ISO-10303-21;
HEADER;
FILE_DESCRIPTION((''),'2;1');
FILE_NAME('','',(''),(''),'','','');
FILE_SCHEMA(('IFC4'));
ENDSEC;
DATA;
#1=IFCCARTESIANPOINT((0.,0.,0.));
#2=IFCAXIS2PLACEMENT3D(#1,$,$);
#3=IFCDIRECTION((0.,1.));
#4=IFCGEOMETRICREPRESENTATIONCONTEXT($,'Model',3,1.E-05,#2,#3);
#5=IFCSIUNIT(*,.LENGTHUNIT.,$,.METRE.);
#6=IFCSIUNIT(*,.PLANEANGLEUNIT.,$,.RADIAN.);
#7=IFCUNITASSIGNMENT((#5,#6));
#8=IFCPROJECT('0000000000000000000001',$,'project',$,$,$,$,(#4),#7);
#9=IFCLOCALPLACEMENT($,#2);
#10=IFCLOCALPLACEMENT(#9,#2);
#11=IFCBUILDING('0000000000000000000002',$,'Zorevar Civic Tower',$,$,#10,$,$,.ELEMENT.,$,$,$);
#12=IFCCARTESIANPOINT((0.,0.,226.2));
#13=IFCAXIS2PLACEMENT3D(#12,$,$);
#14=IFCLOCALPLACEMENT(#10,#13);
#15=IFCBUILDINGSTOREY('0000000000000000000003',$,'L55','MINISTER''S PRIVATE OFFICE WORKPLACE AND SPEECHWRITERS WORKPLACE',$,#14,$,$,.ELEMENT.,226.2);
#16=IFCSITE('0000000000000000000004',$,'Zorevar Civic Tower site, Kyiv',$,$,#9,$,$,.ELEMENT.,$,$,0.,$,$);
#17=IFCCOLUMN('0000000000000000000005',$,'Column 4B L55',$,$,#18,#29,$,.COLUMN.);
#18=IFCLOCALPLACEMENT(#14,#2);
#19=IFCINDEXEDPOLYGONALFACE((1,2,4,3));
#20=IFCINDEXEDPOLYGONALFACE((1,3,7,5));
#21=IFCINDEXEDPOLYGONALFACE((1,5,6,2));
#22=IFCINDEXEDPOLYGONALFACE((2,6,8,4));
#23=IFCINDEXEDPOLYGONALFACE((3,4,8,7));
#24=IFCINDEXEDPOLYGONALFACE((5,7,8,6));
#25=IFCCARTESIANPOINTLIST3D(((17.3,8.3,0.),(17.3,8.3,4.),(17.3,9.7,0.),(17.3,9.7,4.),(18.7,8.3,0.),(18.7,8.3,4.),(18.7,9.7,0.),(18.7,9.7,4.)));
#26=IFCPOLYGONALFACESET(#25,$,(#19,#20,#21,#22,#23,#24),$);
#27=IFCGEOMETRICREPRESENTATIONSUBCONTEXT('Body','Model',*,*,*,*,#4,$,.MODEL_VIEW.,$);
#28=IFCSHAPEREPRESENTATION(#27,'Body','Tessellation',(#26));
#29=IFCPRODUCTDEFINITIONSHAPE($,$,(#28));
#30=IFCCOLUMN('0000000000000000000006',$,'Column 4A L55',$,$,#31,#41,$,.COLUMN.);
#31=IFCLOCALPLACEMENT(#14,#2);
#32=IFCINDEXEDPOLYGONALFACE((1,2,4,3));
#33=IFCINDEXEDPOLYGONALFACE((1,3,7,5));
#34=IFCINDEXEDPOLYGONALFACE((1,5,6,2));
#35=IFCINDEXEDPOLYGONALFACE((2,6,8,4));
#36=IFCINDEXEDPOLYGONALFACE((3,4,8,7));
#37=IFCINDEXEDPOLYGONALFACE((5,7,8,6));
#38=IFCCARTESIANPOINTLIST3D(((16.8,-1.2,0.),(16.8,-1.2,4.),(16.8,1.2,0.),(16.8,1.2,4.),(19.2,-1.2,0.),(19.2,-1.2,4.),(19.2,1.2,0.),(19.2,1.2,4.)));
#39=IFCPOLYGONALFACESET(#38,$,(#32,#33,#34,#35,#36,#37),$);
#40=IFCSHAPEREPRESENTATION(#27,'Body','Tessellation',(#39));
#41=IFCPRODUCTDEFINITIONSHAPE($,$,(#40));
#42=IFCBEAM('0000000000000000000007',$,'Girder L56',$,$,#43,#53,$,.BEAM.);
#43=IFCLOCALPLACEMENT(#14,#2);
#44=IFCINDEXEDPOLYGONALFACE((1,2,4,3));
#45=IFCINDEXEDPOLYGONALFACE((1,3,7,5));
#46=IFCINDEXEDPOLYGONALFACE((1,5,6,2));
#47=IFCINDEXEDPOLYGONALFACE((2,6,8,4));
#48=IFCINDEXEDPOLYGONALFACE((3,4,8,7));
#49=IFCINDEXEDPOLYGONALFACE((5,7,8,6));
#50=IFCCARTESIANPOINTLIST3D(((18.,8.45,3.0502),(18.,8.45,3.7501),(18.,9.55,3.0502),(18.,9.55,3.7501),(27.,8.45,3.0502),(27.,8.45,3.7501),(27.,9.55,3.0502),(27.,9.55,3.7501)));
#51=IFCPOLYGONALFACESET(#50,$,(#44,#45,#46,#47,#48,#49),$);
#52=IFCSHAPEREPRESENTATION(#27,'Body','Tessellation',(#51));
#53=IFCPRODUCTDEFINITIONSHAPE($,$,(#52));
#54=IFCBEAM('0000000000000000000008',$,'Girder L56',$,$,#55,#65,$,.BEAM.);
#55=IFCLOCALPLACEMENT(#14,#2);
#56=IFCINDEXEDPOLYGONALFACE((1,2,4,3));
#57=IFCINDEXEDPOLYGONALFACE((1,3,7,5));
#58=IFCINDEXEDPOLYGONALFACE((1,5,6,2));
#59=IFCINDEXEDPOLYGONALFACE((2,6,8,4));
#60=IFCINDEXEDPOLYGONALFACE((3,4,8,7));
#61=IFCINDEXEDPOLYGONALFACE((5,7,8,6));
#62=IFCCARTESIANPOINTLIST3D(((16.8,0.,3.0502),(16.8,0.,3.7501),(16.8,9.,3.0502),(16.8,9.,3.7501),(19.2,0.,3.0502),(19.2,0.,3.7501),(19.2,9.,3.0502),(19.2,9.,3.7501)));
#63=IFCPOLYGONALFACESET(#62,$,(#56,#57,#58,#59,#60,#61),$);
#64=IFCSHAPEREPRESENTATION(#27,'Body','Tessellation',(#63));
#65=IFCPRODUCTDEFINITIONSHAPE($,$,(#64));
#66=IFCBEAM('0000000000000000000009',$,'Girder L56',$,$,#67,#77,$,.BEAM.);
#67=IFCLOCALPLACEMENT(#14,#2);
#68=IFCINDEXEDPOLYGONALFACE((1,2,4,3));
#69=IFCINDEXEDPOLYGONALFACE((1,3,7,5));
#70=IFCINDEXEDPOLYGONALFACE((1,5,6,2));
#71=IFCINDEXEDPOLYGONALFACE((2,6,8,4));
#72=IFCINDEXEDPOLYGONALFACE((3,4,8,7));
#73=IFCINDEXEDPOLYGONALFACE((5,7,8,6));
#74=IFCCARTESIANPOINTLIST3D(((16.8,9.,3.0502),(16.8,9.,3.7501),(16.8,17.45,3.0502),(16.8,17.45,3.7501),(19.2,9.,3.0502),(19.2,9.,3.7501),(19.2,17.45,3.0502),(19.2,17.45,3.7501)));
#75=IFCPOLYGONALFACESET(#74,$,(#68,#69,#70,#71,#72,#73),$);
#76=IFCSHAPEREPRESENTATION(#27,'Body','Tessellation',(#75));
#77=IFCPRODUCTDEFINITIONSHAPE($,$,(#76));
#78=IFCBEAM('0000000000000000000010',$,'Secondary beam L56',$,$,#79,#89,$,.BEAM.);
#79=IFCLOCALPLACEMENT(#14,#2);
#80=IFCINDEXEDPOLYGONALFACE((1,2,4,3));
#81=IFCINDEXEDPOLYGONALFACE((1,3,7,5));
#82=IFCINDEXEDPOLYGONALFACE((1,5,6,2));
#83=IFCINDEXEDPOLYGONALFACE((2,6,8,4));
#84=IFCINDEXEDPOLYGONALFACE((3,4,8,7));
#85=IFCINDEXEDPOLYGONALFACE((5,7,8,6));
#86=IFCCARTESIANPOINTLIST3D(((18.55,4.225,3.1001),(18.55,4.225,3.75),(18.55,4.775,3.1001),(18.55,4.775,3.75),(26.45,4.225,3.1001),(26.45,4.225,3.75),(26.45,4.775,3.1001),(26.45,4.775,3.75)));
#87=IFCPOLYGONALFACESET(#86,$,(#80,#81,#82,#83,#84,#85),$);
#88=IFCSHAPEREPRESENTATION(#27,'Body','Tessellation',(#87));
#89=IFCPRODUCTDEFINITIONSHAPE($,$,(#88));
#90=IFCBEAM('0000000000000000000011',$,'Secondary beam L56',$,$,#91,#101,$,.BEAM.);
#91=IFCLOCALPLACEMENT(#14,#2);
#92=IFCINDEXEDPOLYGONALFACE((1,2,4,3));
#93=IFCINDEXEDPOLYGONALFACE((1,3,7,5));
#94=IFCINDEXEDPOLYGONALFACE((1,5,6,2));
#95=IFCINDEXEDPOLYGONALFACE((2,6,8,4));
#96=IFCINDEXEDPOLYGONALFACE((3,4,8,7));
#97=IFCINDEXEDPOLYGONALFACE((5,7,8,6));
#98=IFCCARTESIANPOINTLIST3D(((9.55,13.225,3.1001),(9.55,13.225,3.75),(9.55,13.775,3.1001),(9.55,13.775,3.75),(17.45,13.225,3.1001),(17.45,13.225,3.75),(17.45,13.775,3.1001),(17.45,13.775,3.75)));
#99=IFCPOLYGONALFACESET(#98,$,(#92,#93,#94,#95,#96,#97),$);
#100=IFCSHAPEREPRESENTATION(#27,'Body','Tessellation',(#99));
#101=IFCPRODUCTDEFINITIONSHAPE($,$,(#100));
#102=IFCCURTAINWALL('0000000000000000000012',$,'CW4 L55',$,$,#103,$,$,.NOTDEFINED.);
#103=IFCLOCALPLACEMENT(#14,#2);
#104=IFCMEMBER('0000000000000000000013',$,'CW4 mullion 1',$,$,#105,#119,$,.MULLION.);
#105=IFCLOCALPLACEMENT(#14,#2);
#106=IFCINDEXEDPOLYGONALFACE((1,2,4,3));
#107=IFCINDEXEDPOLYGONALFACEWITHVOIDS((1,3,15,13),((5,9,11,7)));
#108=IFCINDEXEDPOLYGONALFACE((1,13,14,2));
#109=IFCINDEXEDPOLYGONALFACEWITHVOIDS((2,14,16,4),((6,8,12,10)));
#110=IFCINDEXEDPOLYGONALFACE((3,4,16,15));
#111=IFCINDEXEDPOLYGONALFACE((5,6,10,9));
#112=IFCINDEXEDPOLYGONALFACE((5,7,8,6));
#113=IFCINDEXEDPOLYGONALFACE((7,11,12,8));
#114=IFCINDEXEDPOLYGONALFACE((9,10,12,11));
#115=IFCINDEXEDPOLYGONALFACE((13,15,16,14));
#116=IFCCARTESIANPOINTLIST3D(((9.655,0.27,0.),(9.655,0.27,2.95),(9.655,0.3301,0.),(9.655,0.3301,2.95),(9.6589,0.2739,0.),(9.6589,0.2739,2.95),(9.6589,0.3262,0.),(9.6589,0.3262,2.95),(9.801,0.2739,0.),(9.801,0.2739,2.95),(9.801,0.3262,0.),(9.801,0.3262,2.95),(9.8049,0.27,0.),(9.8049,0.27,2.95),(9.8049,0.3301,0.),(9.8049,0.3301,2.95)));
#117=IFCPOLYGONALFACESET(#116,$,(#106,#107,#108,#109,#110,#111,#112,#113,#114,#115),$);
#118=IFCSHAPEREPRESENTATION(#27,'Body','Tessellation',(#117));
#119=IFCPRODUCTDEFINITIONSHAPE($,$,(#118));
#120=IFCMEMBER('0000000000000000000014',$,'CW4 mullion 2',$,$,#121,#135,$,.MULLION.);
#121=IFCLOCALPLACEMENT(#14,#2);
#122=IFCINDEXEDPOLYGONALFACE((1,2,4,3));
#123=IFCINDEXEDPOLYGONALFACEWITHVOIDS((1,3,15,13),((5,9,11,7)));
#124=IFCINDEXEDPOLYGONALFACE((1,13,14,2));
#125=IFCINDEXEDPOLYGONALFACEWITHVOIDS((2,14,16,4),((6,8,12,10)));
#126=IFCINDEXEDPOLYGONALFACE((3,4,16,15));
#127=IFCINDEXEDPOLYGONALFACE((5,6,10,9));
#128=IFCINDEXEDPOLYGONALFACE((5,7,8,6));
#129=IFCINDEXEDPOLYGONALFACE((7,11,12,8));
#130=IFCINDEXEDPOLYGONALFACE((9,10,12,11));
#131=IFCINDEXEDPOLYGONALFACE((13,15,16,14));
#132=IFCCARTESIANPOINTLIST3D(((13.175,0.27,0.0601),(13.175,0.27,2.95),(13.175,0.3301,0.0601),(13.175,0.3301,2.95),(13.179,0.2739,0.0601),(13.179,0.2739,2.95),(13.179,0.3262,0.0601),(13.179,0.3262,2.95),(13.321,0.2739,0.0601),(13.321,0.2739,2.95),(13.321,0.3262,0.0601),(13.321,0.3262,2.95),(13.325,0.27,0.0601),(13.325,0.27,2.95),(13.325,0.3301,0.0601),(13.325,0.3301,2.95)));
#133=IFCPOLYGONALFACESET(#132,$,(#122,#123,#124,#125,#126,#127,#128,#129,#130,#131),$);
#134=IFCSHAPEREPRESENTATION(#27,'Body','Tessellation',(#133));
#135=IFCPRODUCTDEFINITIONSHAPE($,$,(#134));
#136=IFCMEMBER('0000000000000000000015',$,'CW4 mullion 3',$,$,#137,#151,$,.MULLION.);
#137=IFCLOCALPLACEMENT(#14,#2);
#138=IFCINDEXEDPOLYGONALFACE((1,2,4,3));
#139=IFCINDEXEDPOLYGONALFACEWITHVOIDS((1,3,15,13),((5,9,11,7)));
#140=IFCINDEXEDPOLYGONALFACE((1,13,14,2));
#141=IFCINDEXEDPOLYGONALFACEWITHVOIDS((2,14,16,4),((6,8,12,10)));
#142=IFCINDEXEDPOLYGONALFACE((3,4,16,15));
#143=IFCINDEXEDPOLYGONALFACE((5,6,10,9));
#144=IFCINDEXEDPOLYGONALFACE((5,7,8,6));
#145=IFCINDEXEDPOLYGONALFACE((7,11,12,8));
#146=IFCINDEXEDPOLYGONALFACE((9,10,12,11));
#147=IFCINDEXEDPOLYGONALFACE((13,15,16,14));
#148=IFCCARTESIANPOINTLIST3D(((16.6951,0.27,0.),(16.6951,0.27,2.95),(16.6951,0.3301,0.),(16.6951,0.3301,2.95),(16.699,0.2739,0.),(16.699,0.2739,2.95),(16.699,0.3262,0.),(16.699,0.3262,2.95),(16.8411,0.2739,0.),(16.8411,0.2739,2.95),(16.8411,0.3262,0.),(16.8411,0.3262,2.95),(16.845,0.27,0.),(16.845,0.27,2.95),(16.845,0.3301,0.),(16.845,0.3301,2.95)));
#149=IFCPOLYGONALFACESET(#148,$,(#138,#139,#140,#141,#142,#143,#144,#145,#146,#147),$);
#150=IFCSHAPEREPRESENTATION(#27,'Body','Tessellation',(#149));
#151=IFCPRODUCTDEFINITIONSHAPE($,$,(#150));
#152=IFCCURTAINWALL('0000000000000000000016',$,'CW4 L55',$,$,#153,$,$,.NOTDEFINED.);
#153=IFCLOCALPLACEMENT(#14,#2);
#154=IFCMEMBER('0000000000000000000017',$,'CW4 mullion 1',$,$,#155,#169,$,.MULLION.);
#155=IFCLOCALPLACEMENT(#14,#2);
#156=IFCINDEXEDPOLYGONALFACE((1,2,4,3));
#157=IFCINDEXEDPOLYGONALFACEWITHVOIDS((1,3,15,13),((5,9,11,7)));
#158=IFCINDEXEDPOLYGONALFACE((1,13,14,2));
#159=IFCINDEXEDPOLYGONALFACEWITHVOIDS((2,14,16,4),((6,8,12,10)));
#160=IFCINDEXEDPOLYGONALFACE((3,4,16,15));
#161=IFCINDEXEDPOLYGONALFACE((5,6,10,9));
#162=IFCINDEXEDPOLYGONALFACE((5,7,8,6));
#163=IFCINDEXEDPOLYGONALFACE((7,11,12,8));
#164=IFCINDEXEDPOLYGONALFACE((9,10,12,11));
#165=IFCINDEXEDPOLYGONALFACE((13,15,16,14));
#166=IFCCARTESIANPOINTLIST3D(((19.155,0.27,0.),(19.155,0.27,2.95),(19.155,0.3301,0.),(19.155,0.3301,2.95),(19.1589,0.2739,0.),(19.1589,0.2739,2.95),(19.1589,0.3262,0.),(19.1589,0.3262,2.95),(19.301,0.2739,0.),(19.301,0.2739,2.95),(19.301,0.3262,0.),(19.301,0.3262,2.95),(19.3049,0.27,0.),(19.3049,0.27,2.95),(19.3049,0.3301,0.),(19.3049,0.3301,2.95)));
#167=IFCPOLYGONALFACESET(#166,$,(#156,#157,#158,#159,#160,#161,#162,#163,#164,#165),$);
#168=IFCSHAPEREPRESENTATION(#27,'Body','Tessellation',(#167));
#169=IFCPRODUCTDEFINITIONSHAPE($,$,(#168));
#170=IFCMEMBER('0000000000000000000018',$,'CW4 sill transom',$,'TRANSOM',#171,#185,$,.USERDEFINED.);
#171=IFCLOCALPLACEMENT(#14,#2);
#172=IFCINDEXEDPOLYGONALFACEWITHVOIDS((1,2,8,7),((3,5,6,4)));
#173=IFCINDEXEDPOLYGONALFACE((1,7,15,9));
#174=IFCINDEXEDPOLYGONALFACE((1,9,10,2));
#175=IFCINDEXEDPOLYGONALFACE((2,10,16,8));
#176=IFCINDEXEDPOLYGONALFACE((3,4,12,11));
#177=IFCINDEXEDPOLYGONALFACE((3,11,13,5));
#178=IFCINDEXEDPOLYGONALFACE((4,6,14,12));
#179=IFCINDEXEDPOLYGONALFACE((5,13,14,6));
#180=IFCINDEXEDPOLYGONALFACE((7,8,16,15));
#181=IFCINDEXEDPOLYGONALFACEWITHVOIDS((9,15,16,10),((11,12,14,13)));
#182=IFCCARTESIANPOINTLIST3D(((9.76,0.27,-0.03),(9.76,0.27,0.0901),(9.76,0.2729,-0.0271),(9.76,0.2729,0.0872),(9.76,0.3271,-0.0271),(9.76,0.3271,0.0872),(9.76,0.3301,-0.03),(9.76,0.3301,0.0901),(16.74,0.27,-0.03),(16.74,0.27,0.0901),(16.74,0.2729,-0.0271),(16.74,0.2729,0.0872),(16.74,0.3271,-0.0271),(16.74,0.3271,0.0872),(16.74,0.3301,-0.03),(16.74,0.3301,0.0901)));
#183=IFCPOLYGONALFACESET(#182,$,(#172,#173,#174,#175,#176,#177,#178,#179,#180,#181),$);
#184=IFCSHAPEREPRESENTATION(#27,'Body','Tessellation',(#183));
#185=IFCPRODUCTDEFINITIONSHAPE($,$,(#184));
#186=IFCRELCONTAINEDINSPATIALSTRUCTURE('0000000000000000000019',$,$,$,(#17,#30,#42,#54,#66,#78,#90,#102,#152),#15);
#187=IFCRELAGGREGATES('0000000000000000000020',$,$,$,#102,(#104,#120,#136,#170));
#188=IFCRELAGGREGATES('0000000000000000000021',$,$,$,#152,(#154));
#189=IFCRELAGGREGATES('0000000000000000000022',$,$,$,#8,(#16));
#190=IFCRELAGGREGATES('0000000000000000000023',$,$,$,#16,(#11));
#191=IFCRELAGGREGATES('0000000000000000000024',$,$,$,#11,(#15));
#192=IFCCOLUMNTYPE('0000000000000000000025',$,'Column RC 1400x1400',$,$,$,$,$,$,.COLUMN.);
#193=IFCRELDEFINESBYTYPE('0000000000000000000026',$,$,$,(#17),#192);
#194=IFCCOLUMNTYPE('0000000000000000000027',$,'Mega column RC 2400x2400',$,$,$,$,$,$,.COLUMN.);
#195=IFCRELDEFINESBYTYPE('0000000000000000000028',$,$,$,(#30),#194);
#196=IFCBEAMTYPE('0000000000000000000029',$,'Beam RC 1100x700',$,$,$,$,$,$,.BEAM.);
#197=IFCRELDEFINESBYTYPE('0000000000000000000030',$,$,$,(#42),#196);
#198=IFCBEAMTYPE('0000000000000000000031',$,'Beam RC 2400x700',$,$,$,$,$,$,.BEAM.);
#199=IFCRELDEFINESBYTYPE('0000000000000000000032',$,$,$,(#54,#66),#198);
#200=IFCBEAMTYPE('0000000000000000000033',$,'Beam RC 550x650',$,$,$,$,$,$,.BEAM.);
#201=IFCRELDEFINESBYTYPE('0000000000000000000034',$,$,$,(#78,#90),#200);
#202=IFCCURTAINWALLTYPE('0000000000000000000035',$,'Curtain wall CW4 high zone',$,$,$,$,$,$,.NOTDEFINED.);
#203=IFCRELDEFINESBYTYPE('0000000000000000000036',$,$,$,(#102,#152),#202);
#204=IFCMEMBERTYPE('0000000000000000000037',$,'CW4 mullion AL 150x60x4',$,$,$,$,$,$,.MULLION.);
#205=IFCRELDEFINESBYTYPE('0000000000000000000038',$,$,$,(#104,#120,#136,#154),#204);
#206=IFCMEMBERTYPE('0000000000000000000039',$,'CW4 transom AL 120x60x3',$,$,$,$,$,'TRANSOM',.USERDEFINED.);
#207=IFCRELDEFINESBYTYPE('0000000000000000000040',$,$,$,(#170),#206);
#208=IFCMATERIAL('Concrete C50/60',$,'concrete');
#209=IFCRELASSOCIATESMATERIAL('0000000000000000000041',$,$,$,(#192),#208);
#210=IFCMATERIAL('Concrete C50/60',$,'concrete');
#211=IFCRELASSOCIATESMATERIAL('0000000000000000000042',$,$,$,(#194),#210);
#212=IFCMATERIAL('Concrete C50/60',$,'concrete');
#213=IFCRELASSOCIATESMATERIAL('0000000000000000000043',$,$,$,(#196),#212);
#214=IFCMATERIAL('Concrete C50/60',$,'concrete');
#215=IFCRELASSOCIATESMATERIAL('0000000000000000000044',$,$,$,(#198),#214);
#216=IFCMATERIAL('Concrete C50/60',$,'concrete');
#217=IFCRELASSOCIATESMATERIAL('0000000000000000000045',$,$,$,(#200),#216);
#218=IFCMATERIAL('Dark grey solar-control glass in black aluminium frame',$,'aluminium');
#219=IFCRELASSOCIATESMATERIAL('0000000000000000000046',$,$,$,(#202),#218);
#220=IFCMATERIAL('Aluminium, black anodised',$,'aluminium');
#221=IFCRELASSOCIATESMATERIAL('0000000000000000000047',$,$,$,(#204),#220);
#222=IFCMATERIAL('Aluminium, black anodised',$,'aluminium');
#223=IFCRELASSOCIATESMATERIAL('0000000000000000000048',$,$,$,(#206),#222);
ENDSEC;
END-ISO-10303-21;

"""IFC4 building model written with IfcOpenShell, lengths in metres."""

from ifc_helpers import new_model, si_unit, direction, frame, origin, origin_2d, place, context, subcontext, project, spatial, rectangle, hollow_rectangle, extrude, material, material_profile, profile_set, type_object, element, aggregate, save


model = new_model("IFC4")

# Units and contexts
model_context = context("Model", 3, precision=1e-05, world=origin(), true_north=direction((0.0, 1.0)))
body_context = subcontext(model_context, "Body", "Model", "MODEL_VIEW")
ifc_project = project(units=[si_unit("LENGTHUNIT", "METRE"), si_unit("PLANEANGLEUNIT", "RADIAN")], contexts=[model_context])

# Site, building, storey
site_placement = place(None, origin())
site = spatial("IfcSite", under=ifc_project, at=site_placement, Name="Zorevar Civic Tower site, Kyiv", CompositionType="ELEMENT", RefElevation=0.0)
building_placement = place(site_placement, origin())
building = spatial("IfcBuilding", under=site, at=building_placement, Name="Zorevar Civic Tower", CompositionType="ELEMENT")
storey_placement = place(building_placement, frame((0.0, 0.0, 226.2)))
storey = spatial("IfcBuildingStorey", under=building, at=storey_placement, Name="L55", Description="MINISTER'S PRIVATE OFFICE WORKPLACE AND SPEECHWRITERS WORKPLACE", CompositionType="ELEMENT", Elevation=226.2)

# Columns
ifc_material_1 = material(Name="Concrete C50/60", Category="concrete")
ifc_material_profile_1 = material_profile(ifc_material_1, rectangle(XDim=1.3999, YDim=1.3999, at=origin_2d()), Name="RC 1400x1400")
ifc_profile_set_1 = profile_set([ifc_material_profile_1], Name="Concrete C50/60")
column_type_1 = type_object("IfcColumnType", Name="Column RC 1400x1400", PredefinedType="COLUMN", material=ifc_profile_set_1)
column_1_placement = place(storey_placement, frame((18.0, 9.0, 0.0), z_axis=(0.0, 0.0, 1.0), x_axis=(1.0, 0.0, 0.0)))
element("IfcColumn", 1, at=column_1_placement, inside=storey, type_object=column_type_1, Name="Column 4B L55", PredefinedType="COLUMN", context=body_context, shape_type="SweptSolid", body=[
    extrude(rectangle(XDim=1.3999, YDim=1.3999, at=origin_2d()), origin(), (0.0, 0.0, 1.0), 4.0),
])
ifc_material_2 = material(Name="Concrete C50/60", Category="concrete")
ifc_material_profile_2 = material_profile(ifc_material_2, rectangle(XDim=2.3999, YDim=2.3999, at=origin_2d()), Name="RC 2400x2400")
ifc_profile_set_2 = profile_set([ifc_material_profile_2], Name="Concrete C50/60")
column_type_2 = type_object("IfcColumnType", Name="Mega column RC 2400x2400", PredefinedType="COLUMN", material=ifc_profile_set_2)
column_2_placement = place(storey_placement, frame((18.0, 0.0, 0.0), z_axis=(0.0, 0.0, 1.0), x_axis=(1.0, 0.0, 0.0)))
element("IfcColumn", 2, at=column_2_placement, inside=storey, type_object=column_type_2, Name="Column 4A L55", PredefinedType="COLUMN", context=body_context, shape_type="SweptSolid", body=[
    extrude(rectangle(XDim=2.3999, YDim=2.3999, at=origin_2d()), origin(), (0.0, 0.0, 1.0), 4.0),
])

# Beams
ifc_material_3 = material(Name="Concrete C50/60", Category="concrete")
ifc_material_profile_3 = material_profile(ifc_material_3, rectangle(XDim=1.1001, YDim=0.7, at=origin_2d()), Name="RC 1100x700")
ifc_profile_set_3 = profile_set([ifc_material_profile_3], Name="Concrete C50/60")
beam_type_1 = type_object("IfcBeamType", Name="Beam RC 1100x700", PredefinedType="BEAM", material=ifc_profile_set_3)
beam_1_placement = place(storey_placement, frame((18.0, 9.0, 3.4001), z_axis=(1.0, 0.0, 0.0), x_axis=(0.0, 1.0, 0.0)))
element("IfcBeam", 3, at=beam_1_placement, inside=storey, type_object=beam_type_1, Name="Girder L56", PredefinedType="BEAM", context=body_context, shape_type="SweptSolid", body=[
    extrude(rectangle(XDim=1.1001, YDim=0.7, at=origin_2d()), origin(), (0.0, 0.0, 1.0), 9.0),
])
ifc_material_4 = material(Name="Concrete C50/60", Category="concrete")
ifc_material_profile_4 = material_profile(ifc_material_4, rectangle(XDim=2.3999, YDim=0.7, at=origin_2d()), Name="RC 2400x700")
ifc_profile_set_4 = profile_set([ifc_material_profile_4], Name="Concrete C50/60")
beam_type_2 = type_object("IfcBeamType", Name="Beam RC 2400x700", PredefinedType="BEAM", material=ifc_profile_set_4)
beam_2_placement = place(storey_placement, frame((18.0, 0.0, 3.4001), z_axis=(0.0, 1.0, 0.0), x_axis=(-1.0, 0.0, 0.0)))
element("IfcBeam", 4, at=beam_2_placement, inside=storey, type_object=beam_type_2, Name="Girder L56", PredefinedType="BEAM", context=body_context, shape_type="SweptSolid", body=[
    extrude(rectangle(XDim=2.3999, YDim=0.7, at=origin_2d()), origin(), (0.0, 0.0, 1.0), 9.0),
])
beam_3_placement = place(storey_placement, frame((18.0, 9.0, 3.4001), z_axis=(0.0, 1.0, 0.0), x_axis=(-1.0, 0.0, 0.0)))
element("IfcBeam", 5, at=beam_3_placement, inside=storey, type_object=beam_type_2, Name="Girder L56", PredefinedType="BEAM", context=body_context, shape_type="SweptSolid", body=[
    extrude(rectangle(XDim=2.3999, YDim=0.7, at=origin_2d()), origin(), (0.0, 0.0, 1.0), 8.45),
])
ifc_material_5 = material(Name="Concrete C50/60", Category="concrete")
ifc_material_profile_5 = material_profile(ifc_material_5, rectangle(XDim=0.55, YDim=0.6499, at=origin_2d()), Name="RC 550x650")
ifc_profile_set_5 = profile_set([ifc_material_profile_5], Name="Concrete C50/60")
beam_type_3 = type_object("IfcBeamType", Name="Beam RC 550x650", PredefinedType="BEAM", material=ifc_profile_set_5)
for number, where, z_axis, x_axis, name in (
    (6, (18.55, 4.5, 3.425), (1.0, 0.0, 0.0), (0.0, 1.0, 0.0), "Secondary beam L56"),
    (7, (9.55, 13.5, 3.425), (1.0, 0.0, 0.0), (0.0, 1.0, 0.0), "Secondary beam L56"),
):
    element("IfcBeam", number, at=place(storey_placement, frame(where, z_axis=z_axis, x_axis=x_axis)), inside=storey, type_object=beam_type_3, Name=name, PredefinedType="BEAM", context=body_context, shape_type="SweptSolid", body=[
        extrude(rectangle(XDim=0.55, YDim=0.6499, at=origin_2d()), origin(), (0.0, 0.0, 1.0), 7.8999),
    ])

# Curtain wall, members
ifc_material_6 = material(Name="Dark grey solar-control glass in black aluminium frame", Category="aluminium")
curtain_wall_type = type_object("IfcCurtainWallType", Name="Curtain wall CW4 high zone", PredefinedType="NOTDEFINED", material=ifc_material_6)
curtain_wall_1_placement = place(storey_placement, origin())
curtain_wall_1 = element("IfcCurtainWall", 8, at=curtain_wall_1_placement, inside=storey, type_object=curtain_wall_type, Name="CW4 L55", PredefinedType="NOTDEFINED")
ifc_material_7 = material(Name="Aluminium, black anodised", Category="aluminium")
ifc_material_profile_6 = material_profile(ifc_material_7, hollow_rectangle(XDim=0.0601, YDim=0.1499, WallThickness=0.0039, at=origin_2d()), Name="AL 150x60x4")
ifc_profile_set_6 = profile_set([ifc_material_profile_6], Name="Aluminium, black anodised")
member_type_1 = type_object("IfcMemberType", Name="CW4 mullion AL 150x60x4", PredefinedType="MULLION", material=ifc_profile_set_6)
member_1_placement = place(storey_placement, frame((9.73, 0.3, 0.0), z_axis=(0.0, 0.0, 1.0), x_axis=(0.0, 1.0, 0.0)))
member_1 = element("IfcMember", 9, at=member_1_placement, type_object=member_type_1, Name="CW4 mullion 1", PredefinedType="MULLION", context=body_context, shape_type="SweptSolid", body=[
    extrude(hollow_rectangle(XDim=0.0601, YDim=0.1499, WallThickness=0.0039, at=origin_2d()), origin(), (0.0, 0.0, 1.0), 2.95),
])
member_2_placement = place(storey_placement, frame((13.25, 0.3, 0.0601), z_axis=(0.0, 0.0, 1.0), x_axis=(0.0, 1.0, 0.0)))
member_2 = element("IfcMember", 10, at=member_2_placement, type_object=member_type_1, Name="CW4 mullion 2", PredefinedType="MULLION", context=body_context, shape_type="SweptSolid", body=[
    extrude(hollow_rectangle(XDim=0.0601, YDim=0.1499, WallThickness=0.0039, at=origin_2d()), origin(), (0.0, 0.0, 1.0), 2.8899),
])
member_3_placement = place(storey_placement, frame((16.77, 0.3, 0.0), z_axis=(0.0, 0.0, 1.0), x_axis=(0.0, 1.0, 0.0)))
member_3 = element("IfcMember", 11, at=member_3_placement, type_object=member_type_1, Name="CW4 mullion 3", PredefinedType="MULLION", context=body_context, shape_type="SweptSolid", body=[
    extrude(hollow_rectangle(XDim=0.0601, YDim=0.1499, WallThickness=0.0039, at=origin_2d()), origin(), (0.0, 0.0, 1.0), 2.95),
])

# Curtain wall, member
curtain_wall_2_placement = place(storey_placement, origin())
curtain_wall_2 = element("IfcCurtainWall", 12, at=curtain_wall_2_placement, inside=storey, type_object=curtain_wall_type, Name="CW4 L55", PredefinedType="NOTDEFINED")
member_4_placement = place(storey_placement, frame((19.23, 0.3, 0.0), z_axis=(0.0, 0.0, 1.0), x_axis=(0.0, 1.0, 0.0)))
member_4 = element("IfcMember", 13, at=member_4_placement, type_object=member_type_1, Name="CW4 mullion 1", PredefinedType="MULLION", context=body_context, shape_type="SweptSolid", body=[
    extrude(hollow_rectangle(XDim=0.0601, YDim=0.1499, WallThickness=0.0039, at=origin_2d()), origin(), (0.0, 0.0, 1.0), 2.95),
])

# Member
ifc_material_8 = material(Name="Aluminium, black anodised", Category="aluminium")
ifc_material_profile_7 = material_profile(ifc_material_8, hollow_rectangle(XDim=0.0601, YDim=0.1201, WallThickness=0.0029, at=origin_2d()), Name="AL 120x60x3")
ifc_profile_set_7 = profile_set([ifc_material_profile_7], Name="Aluminium, black anodised")
member_type_2 = type_object("IfcMemberType", Name="CW4 transom AL 120x60x3", ElementType="TRANSOM", PredefinedType="USERDEFINED", material=ifc_profile_set_7)
member_5_placement = place(storey_placement, frame((9.76, 0.3, 0.03), z_axis=(1.0, 0.0, 0.0), x_axis=(0.0, 1.0, 0.0)))
member_5 = element("IfcMember", 14, at=member_5_placement, type_object=member_type_2, Name="CW4 sill transom", ObjectType="TRANSOM", PredefinedType="USERDEFINED", context=body_context, shape_type="SweptSolid", body=[
    extrude(hollow_rectangle(XDim=0.0601, YDim=0.1201, WallThickness=0.0029, at=origin_2d()), origin(), (0.0, 0.0, 1.0), 6.98),
])

aggregate(curtain_wall_1, [member_1, member_2, member_3, member_5])
aggregate(curtain_wall_2, [member_4])

save(model, "model.ifc")
